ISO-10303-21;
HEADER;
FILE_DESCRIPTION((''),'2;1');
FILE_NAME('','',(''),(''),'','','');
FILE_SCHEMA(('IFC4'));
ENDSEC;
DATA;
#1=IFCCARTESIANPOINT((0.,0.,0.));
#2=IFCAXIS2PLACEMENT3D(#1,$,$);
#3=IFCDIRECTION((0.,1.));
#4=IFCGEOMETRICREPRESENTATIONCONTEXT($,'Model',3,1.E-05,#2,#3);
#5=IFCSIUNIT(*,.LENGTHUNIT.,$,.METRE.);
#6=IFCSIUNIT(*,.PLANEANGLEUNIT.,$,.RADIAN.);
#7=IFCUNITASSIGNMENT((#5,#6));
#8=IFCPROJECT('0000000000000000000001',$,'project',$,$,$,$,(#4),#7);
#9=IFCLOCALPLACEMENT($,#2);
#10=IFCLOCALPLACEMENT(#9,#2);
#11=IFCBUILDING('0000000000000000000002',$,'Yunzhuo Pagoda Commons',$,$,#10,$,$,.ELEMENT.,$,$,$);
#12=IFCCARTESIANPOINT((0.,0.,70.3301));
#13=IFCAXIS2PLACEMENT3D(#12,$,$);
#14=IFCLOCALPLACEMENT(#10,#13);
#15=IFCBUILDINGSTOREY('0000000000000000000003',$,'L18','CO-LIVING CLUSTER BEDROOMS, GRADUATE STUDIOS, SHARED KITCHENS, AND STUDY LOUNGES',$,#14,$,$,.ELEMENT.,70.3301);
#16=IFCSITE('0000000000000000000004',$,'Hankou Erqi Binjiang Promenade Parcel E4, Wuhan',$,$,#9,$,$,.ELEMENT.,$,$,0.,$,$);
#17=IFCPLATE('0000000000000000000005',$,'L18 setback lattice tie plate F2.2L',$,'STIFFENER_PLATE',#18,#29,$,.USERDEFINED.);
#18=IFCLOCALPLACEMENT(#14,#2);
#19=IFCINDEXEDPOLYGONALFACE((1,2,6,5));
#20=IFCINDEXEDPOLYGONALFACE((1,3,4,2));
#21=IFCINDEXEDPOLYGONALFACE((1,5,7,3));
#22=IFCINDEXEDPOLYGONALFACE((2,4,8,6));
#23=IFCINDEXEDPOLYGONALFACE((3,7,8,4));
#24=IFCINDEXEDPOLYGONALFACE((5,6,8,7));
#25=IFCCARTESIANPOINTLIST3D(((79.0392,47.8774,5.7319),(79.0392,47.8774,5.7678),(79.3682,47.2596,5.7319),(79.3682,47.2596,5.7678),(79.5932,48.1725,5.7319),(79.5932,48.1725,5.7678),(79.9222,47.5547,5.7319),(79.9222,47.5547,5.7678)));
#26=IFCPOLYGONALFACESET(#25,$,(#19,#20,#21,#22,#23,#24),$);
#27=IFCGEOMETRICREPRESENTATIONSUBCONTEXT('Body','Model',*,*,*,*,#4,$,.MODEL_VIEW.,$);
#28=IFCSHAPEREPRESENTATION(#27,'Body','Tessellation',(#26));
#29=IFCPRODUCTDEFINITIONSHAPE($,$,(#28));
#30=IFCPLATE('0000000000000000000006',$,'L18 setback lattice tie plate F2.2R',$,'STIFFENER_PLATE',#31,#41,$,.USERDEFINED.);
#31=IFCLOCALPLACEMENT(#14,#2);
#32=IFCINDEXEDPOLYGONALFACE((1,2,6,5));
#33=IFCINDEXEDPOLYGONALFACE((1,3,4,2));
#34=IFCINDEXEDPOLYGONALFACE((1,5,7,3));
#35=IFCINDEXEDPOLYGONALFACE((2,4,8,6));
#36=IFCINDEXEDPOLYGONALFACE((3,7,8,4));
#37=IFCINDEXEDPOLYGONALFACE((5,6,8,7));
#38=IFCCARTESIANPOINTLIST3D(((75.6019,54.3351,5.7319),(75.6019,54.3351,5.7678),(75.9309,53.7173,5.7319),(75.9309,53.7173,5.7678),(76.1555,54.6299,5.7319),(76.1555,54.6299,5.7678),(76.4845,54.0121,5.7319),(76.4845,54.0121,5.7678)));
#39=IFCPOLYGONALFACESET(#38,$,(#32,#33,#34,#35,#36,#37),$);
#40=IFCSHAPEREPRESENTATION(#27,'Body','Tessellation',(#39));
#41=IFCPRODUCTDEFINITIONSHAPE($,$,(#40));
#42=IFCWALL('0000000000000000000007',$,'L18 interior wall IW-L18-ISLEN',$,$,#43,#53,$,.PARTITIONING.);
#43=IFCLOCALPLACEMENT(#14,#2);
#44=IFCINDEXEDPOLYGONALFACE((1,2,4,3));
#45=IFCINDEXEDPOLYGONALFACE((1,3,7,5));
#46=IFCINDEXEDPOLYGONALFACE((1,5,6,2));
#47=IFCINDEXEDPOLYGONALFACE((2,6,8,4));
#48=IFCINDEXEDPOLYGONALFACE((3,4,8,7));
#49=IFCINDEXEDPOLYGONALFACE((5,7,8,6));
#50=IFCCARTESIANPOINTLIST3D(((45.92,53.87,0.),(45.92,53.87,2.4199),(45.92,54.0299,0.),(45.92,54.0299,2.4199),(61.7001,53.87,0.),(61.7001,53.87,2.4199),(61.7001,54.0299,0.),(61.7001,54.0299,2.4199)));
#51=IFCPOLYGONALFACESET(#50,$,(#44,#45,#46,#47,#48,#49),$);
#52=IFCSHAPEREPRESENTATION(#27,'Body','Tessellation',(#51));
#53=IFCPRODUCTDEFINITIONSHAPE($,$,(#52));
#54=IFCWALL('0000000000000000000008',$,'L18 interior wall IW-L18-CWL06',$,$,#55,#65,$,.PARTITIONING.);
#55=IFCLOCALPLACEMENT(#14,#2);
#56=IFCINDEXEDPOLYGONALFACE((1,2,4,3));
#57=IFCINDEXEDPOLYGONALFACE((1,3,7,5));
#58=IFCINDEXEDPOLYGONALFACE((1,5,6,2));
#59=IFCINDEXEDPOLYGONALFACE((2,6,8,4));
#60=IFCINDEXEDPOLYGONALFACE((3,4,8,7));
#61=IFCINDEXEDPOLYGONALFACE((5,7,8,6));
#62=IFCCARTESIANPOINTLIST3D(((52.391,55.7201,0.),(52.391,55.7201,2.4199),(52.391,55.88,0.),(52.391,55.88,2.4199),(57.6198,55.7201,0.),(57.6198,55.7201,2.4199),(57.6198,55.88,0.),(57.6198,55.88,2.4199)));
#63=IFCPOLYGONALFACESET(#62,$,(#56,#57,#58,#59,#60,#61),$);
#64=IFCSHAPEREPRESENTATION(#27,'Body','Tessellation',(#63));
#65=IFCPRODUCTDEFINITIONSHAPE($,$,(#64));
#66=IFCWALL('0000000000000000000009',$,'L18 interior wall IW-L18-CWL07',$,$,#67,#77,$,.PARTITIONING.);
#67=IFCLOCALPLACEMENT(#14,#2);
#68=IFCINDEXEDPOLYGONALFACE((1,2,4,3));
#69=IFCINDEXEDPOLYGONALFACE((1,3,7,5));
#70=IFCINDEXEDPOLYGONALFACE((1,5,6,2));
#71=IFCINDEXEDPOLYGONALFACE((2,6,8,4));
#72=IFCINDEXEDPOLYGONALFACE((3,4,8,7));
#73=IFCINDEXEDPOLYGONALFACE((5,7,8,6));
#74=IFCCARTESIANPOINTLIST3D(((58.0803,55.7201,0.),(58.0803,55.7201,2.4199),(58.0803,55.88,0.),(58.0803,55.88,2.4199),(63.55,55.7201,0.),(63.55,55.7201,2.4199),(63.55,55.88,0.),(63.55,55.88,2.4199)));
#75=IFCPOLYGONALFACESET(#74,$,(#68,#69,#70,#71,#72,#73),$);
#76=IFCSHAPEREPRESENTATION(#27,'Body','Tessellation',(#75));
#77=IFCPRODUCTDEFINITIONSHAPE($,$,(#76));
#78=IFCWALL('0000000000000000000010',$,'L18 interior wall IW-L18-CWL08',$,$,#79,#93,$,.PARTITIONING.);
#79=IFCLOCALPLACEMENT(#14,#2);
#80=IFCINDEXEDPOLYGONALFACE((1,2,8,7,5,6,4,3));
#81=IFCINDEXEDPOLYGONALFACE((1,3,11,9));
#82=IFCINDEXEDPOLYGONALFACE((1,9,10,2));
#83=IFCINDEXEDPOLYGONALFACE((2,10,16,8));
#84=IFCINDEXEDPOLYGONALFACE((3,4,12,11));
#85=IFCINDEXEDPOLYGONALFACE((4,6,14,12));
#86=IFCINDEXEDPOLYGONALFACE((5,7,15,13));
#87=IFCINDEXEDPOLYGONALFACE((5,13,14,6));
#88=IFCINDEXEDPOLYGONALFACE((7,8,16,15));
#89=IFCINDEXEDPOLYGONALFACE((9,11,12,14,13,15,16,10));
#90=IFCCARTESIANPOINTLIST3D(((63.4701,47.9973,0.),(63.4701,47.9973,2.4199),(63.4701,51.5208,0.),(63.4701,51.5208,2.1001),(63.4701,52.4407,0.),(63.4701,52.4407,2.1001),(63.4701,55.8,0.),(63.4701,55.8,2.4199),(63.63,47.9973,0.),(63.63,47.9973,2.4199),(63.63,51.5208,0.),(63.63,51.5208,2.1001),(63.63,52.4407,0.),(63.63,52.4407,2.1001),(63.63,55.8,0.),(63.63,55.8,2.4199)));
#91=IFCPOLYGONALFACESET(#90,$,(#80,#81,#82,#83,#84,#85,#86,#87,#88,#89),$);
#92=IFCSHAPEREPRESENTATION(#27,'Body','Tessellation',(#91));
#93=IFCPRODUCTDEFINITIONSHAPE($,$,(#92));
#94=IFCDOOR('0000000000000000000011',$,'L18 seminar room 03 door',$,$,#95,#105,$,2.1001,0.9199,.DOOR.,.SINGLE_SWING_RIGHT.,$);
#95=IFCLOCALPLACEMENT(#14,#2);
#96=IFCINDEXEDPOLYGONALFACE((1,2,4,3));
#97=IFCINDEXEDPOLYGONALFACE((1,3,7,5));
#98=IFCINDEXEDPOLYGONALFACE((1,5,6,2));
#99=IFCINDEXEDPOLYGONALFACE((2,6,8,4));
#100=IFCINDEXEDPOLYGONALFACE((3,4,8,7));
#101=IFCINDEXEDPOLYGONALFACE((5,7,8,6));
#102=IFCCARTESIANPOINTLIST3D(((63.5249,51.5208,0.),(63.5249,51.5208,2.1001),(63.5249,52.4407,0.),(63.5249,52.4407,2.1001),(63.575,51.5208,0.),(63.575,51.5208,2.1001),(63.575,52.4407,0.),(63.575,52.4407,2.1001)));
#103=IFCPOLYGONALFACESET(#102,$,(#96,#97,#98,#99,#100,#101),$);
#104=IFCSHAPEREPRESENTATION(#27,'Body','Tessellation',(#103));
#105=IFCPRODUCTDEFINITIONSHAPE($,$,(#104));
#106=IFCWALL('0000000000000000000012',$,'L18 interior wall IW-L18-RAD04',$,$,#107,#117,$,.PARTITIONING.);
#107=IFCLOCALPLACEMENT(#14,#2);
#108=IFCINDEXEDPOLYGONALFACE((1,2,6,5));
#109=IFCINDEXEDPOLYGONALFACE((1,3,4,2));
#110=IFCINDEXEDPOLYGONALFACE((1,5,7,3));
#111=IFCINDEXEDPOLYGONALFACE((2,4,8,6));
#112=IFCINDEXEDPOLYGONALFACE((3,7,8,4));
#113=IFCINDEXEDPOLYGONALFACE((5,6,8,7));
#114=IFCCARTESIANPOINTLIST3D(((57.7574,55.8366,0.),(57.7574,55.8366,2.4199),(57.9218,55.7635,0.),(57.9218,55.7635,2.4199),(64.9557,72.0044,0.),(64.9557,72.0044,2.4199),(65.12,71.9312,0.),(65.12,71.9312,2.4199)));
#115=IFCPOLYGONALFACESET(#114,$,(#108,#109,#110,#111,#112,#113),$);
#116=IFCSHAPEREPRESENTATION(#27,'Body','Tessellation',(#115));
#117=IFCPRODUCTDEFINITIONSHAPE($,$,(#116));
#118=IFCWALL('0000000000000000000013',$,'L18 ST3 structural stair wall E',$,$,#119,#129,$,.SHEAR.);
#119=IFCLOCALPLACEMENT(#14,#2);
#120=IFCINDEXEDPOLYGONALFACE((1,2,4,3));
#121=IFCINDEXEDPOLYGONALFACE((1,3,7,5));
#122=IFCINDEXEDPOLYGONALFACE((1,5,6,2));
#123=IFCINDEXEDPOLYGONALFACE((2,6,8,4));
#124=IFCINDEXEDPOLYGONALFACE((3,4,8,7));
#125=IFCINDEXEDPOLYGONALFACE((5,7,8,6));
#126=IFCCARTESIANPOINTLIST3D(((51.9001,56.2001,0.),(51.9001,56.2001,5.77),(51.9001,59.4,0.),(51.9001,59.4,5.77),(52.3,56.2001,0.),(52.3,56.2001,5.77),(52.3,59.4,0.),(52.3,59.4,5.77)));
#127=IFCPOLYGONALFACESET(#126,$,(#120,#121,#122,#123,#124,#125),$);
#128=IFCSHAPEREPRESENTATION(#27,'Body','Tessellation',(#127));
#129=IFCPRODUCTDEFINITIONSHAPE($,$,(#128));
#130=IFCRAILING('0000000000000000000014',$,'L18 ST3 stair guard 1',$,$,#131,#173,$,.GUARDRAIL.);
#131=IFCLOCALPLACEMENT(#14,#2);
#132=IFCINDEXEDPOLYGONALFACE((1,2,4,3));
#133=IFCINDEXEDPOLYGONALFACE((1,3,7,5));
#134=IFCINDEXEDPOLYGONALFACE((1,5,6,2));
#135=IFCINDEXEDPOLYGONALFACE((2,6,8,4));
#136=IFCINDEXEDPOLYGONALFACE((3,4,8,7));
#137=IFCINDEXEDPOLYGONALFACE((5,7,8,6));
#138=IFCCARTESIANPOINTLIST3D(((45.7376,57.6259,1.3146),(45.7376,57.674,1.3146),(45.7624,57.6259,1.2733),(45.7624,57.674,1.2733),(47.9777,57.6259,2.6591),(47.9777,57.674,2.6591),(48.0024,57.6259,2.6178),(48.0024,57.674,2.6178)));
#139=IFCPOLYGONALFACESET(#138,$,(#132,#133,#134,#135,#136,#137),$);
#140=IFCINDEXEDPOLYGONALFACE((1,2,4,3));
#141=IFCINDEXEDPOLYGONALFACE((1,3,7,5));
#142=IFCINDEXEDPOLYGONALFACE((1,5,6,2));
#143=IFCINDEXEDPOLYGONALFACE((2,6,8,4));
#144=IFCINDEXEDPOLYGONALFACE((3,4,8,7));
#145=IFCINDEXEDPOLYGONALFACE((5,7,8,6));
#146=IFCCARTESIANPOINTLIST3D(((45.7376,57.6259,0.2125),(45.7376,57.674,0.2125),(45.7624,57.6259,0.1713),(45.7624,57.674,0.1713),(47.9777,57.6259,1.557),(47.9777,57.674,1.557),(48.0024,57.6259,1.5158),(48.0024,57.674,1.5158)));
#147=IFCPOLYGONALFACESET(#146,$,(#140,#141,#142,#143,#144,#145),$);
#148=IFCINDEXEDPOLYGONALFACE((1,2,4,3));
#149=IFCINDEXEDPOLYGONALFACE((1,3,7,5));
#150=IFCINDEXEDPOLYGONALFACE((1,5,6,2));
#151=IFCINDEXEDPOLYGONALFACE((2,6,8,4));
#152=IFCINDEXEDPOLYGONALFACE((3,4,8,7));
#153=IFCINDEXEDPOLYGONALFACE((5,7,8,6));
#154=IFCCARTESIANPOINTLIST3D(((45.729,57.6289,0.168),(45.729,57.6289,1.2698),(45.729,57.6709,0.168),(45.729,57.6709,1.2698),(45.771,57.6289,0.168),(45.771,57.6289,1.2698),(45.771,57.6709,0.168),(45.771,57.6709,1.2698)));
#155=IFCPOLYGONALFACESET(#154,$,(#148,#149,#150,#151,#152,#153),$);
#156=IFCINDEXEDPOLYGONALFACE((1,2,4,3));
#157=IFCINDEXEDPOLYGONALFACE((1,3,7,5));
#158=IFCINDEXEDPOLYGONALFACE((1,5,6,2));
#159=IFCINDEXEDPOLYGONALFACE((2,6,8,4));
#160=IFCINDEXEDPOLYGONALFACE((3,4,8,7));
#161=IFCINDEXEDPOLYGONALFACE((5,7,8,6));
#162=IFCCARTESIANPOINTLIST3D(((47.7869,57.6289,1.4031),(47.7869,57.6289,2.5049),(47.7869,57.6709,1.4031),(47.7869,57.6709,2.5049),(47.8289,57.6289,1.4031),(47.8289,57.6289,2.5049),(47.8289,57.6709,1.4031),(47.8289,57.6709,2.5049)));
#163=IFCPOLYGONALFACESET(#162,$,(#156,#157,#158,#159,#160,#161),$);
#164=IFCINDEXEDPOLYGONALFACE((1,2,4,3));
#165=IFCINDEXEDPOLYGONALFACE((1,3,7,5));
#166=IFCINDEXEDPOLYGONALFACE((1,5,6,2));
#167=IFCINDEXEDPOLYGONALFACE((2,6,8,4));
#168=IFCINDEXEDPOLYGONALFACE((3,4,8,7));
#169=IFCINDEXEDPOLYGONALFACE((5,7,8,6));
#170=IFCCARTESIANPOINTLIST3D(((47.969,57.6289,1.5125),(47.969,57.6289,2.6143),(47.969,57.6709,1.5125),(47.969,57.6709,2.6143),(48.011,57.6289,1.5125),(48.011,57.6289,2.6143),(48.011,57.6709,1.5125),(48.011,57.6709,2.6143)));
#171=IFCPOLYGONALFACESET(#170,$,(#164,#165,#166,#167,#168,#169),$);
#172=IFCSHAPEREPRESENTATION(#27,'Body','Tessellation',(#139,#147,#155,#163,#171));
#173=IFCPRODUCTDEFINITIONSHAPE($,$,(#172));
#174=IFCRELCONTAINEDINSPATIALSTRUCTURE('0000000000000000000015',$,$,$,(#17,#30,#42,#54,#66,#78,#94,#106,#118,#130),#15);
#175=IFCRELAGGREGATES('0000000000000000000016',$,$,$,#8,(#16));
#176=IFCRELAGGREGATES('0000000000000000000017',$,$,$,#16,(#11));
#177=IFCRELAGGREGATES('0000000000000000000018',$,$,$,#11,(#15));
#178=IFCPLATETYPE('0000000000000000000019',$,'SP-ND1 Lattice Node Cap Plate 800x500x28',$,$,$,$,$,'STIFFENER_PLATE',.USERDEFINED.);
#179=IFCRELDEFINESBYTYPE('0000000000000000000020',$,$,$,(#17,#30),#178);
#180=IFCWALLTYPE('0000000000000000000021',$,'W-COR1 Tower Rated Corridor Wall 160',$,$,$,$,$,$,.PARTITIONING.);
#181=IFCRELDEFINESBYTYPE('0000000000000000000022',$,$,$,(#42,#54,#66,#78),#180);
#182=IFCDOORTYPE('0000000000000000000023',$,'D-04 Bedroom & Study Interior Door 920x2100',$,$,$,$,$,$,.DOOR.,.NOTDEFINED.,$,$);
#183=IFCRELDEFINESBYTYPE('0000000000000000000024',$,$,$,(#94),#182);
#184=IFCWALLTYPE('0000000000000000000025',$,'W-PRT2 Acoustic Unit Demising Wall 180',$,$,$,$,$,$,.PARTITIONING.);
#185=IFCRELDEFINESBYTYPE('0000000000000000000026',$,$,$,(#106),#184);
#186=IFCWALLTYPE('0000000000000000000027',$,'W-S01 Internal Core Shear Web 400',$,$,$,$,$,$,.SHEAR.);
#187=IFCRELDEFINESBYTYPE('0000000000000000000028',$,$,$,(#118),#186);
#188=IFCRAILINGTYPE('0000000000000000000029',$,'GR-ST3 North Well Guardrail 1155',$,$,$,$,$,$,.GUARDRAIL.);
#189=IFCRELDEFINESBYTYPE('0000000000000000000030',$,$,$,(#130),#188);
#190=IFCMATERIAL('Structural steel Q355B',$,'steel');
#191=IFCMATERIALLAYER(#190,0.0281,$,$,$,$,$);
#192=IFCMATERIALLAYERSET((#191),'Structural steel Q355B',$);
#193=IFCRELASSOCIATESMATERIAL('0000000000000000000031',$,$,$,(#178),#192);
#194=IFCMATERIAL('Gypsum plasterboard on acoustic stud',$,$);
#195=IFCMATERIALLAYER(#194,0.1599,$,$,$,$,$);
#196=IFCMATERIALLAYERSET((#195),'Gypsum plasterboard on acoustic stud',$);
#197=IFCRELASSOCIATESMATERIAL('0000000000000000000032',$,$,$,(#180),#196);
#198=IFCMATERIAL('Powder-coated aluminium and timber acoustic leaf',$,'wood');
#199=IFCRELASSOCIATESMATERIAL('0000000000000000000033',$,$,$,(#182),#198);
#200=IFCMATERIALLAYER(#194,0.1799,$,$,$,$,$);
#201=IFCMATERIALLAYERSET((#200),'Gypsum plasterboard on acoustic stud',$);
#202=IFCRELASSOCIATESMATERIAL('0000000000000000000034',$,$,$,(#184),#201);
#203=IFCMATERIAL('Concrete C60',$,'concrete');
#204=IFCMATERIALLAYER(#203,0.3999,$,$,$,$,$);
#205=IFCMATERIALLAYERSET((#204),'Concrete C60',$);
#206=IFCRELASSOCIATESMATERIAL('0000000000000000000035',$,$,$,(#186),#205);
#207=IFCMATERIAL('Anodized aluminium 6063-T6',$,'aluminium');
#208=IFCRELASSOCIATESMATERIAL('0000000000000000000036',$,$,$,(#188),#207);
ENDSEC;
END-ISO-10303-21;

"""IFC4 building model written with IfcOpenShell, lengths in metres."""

from ifc_helpers import new_model, si_unit, direction, frame, frame_2d, origin, origin_with_axes, origin_2d, place, context, subcontext, project, spatial, rectangle, extrude, source, transform, mapped, material, layer, layer_set, type_object, element, fill, save


model = new_model("IFC4")

# Units and contexts
model_context = context("Model", 3, precision=1e-05, world=origin(), true_north=direction((0.0, 1.0)))
body_context = subcontext(model_context, "Body", "Model", "MODEL_VIEW")
ifc_project = project(units=[si_unit("LENGTHUNIT", "METRE"), si_unit("PLANEANGLEUNIT", "RADIAN")], contexts=[model_context])

# Site, building, storey
site_placement = place(None, origin())
site = spatial("IfcSite", under=ifc_project, at=site_placement, Name="Hankou Erqi Binjiang Promenade Parcel E4, Wuhan", CompositionType="ELEMENT", RefElevation=0.0)
building_placement = place(site_placement, origin())
building = spatial("IfcBuilding", under=site, at=building_placement, Name="Yunzhuo Pagoda Commons", CompositionType="ELEMENT")
storey_placement = place(building_placement, frame((0.0, 0.0, 70.3301)))
storey = spatial("IfcBuildingStorey", under=building, at=storey_placement, Name="L18", Description="CO-LIVING CLUSTER BEDROOMS, GRADUATE STUDIOS, SHARED KITCHENS, AND STUDY LOUNGES", CompositionType="ELEMENT", Elevation=70.3301)

# Shared definitions
ifc_material_1 = material(Name="Structural steel Q355B", Category="steel")

# Shared definitions
ifc_material_2 = material(Name="Anodized aluminium 6063-T6", Category="aluminium")

# Plates
ifc_layer_1 = layer(ifc_material_1, 0.0281)
ifc_layer_set_1 = layer_set([ifc_layer_1], Name="Structural steel Q355B")
plate_type_1 = type_object("IfcPlateType", Name="SP-ND1 Lattice Node Cap Plate 800x500x28", ElementType="STIFFENER_PLATE", PredefinedType="USERDEFINED", material=ifc_layer_set_1)
shared_shape_1 = source(origin(), body_context, "Body", "SweptSolid", [
    extrude(rectangle(XDim=0.7, YDim=0.6277, at=origin_2d()), origin(), (0.0, 0.0, 1.0), 0.0359),
])
plate_1_placement = place(storey_placement, frame((79.4807, 47.7161, 5.7319), z_axis=(0.0, 0.0, 1.0), x_axis=(-0.470057, 0.882636, 0.0)))
element("IfcPlate", 1, at=plate_1_placement, inside=storey, type_object=plate_type_1, Name="L18 setback lattice tie plate F2.2L", ObjectType="STIFFENER_PLATE", PredefinedType="USERDEFINED", context=body_context, shape_type="MappedRepresentation", body=[
    mapped(shared_shape_1, transform((0.0, 0.0, 0.0), scale=1.0)),
])
shared_shape_2 = source(origin(), body_context, "Body", "SweptSolid", [
    extrude(rectangle(XDim=0.7, YDim=0.6272, at=origin_2d()), origin(), (0.0, 0.0, 1.0), 0.0359),
])
plate_2_placement = place(storey_placement, frame((76.0432, 54.1736, 5.7319), z_axis=(0.0, 0.0, 1.0), x_axis=(-0.470057, 0.882636, 0.0)))
element("IfcPlate", 2, at=plate_2_placement, inside=storey, type_object=plate_type_1, Name="L18 setback lattice tie plate F2.2R", ObjectType="STIFFENER_PLATE", PredefinedType="USERDEFINED", context=body_context, shape_type="MappedRepresentation", body=[
    mapped(shared_shape_2, transform((0.0, 0.0, 0.0), scale=1.0)),
])

# Walls
ifc_material_3 = material(Name="Gypsum plasterboard on acoustic stud")
ifc_layer_2 = layer(ifc_material_3, 0.1599)
ifc_layer_set_2 = layer_set([ifc_layer_2], Name="Gypsum plasterboard on acoustic stud")
wall_type_1 = type_object("IfcWallType", Name="W-COR1 Tower Rated Corridor Wall 160", PredefinedType="PARTITIONING", material=ifc_layer_set_2)
wall_1_placement = place(storey_placement, frame((45.9199, 53.95, 0.0), z_axis=(0.0, 0.0, 1.0), x_axis=(1.0, 0.0, 0.0)))
element("IfcWall", 3, at=wall_1_placement, inside=storey, type_object=wall_type_1, Name="L18 interior wall IW-L18-ISLEN", PredefinedType="PARTITIONING", context=body_context, shape_type="SweptSolid", body=[
    extrude(rectangle(XDim=15.78, YDim=0.1599, at=frame_2d((7.8901, 0.0))), origin(), (0.0, 0.0, 1.0), 2.4199),
])
wall_2_placement = place(storey_placement, frame((52.3911, 55.8, 0.0), z_axis=(0.0, 0.0, 1.0), x_axis=(1.0, 0.0, 0.0)))
element("IfcWall", 4, at=wall_2_placement, inside=storey, type_object=wall_type_1, Name="L18 interior wall IW-L18-CWL06", PredefinedType="PARTITIONING", context=body_context, shape_type="SweptSolid", body=[
    extrude(rectangle(XDim=5.2288, YDim=0.1599, at=frame_2d((2.6143, 0.0))), origin(), (0.0, 0.0, 1.0), 2.4199),
])
wall_3_placement = place(storey_placement, frame((58.0803, 55.8, 0.0), z_axis=(0.0, 0.0, 1.0), x_axis=(1.0, 0.0, 0.0)))
element("IfcWall", 5, at=wall_3_placement, inside=storey, type_object=wall_type_1, Name="L18 interior wall IW-L18-CWL07", PredefinedType="PARTITIONING", context=body_context, shape_type="SweptSolid", body=[
    extrude(rectangle(XDim=5.4697, YDim=0.1599, at=frame_2d((2.7349, 0.0))), origin(), (0.0, 0.0, 1.0), 2.4199),
])

# Wall, opening, door
wall_4_placement = place(storey_placement, frame((63.55, 55.8, 0.0), z_axis=(0.0, 0.0, 1.0), x_axis=(0.0, -1.0, 0.0)))
wall_4 = element("IfcWall", 6, at=wall_4_placement, inside=storey, type_object=wall_type_1, Name="L18 interior wall IW-L18-CWL08", PredefinedType="PARTITIONING", context=body_context, shape_type="SweptSolid", body=[
    extrude(rectangle(XDim=7.8027, YDim=0.1599, at=frame_2d((3.9014, 0.0))), origin(), (0.0, 0.0, 1.0), 2.4199),
])
opening_placement = place(wall_4_placement, frame((3.3594, 0.0, 0.0)))
opening = element("IfcOpeningElement", 7, at=opening_placement, cuts=wall_4, PredefinedType="OPENING", context=body_context, shape_type="SweptSolid", body=[
    extrude(rectangle(XDim=0.9199, YDim=2.1001, at=frame_2d((0.46, 1.05))), frame((0.0, 0.0898, 0.0), z_axis=(0.0, -1.0, 0.0), x_axis=(1.0, 0.0, 0.0)), (0.0, 0.0, 1.0), 0.1799),
])
ifc_material_4 = material(Name="Powder-coated aluminium and timber acoustic leaf", Category="wood")
door_type = type_object("IfcDoorType", Name="D-04 Bedroom & Study Interior Door 920x2100", OperationType="NOTDEFINED", PredefinedType="DOOR", material=ifc_material_4)
shared_shape_3 = source(origin(), body_context, "Body", "SweptSolid", [
    extrude(rectangle(XDim=0.9199, YDim=2.1001, at=frame_2d((0.46, 1.05))), frame((0.0, 0.0249, 0.0), z_axis=(0.0, -1.0, 0.0), x_axis=(1.0, 0.0, 0.0)), (0.0, 0.0, 1.0), 0.05),
])
door_placement = place(opening_placement, origin_with_axes())
door = element("IfcDoor", 8, at=door_placement, inside=storey, type_object=door_type, Name="L18 seminar room 03 door", OperationType="SINGLE_SWING_RIGHT", OverallHeight=2.1001, OverallWidth=0.9199, PredefinedType="DOOR", context=body_context, shape_type="MappedRepresentation", body=[
    mapped(shared_shape_3, transform((0.0, 0.0, 0.0), scale=1.0)),
])
fill(opening, door)

# Walls
ifc_layer_3 = layer(ifc_material_3, 0.1799)
ifc_layer_set_3 = layer_set([ifc_layer_3], Name="Gypsum plasterboard on acoustic stud")
wall_type_2 = type_object("IfcWallType", Name="W-PRT2 Acoustic Unit Demising Wall 180", PredefinedType="PARTITIONING", material=ifc_layer_set_3)
wall_5_placement = place(storey_placement, frame((57.8396, 55.8, 0.0), z_axis=(0.0, 0.0, 1.0), x_axis=(0.406732, 0.913547, 0.0)))
element("IfcWall", 9, at=wall_5_placement, inside=storey, type_object=wall_type_2, Name="L18 interior wall IW-L18-RAD04", PredefinedType="PARTITIONING", context=body_context, shape_type="SweptSolid", body=[
    extrude(rectangle(XDim=17.6978, YDim=0.1799, at=frame_2d((8.8489, 0.0))), origin(), (0.0, 0.0, 1.0), 2.4199),
])
ifc_material_5 = material(Name="Concrete C60", Category="concrete")
ifc_layer_4 = layer(ifc_material_5, 0.3999)
ifc_layer_set_4 = layer_set([ifc_layer_4], Name="Concrete C60")
wall_type_3 = type_object("IfcWallType", Name="W-S01 Internal Core Shear Web 400", PredefinedType="SHEAR", material=ifc_layer_set_4)
wall_6_placement = place(storey_placement, frame((52.1001, 56.2, 0.0), z_axis=(0.0, 0.0, 1.0), x_axis=(0.0, 1.0, 0.0)))
element("IfcWall", 10, at=wall_6_placement, inside=storey, type_object=wall_type_3, Name="L18 ST3 structural stair wall E", PredefinedType="SHEAR", context=body_context, shape_type="SweptSolid", body=[
    extrude(rectangle(XDim=3.2, YDim=0.3999, at=frame_2d((1.6001, 0.0))), origin(), (0.0, 0.0, 1.0), 5.77),
])

# Railing
railing_type_1 = type_object("IfcRailingType", Name="GR-ST3 North Well Guardrail 1155", PredefinedType="GUARDRAIL", material=ifc_material_2)
railing_placement = place(storey_placement, frame((45.75, 57.6499, 0.168)))
element("IfcRailing", 11, at=railing_placement, inside=storey, type_object=railing_type_1, Name="L18 ST3 stair guard 1", PredefinedType="GUARDRAIL", context=body_context, shape_type="SweptSolid", body=[
    extrude(rectangle(XDim=0.0481, YDim=0.0481, at=origin_2d()), frame((0.0, 0.0, 1.126), z_axis=(0.85741, 0.0, 0.514633), x_axis=(0.0, 1.0, 0.0)), (0.0, 0.0, 1.0), 2.6125),
    extrude(rectangle(XDim=0.0481, YDim=0.0481, at=origin_2d()), frame((0.0, 0.0, 0.0239), z_axis=(0.85741, 0.0, 0.514633), x_axis=(0.0, 1.0, 0.0)), (0.0, 0.0, 1.0), 2.6125),
    extrude(rectangle(XDim=0.042, YDim=0.042, at=origin_2d()), origin(), (0.0, 0.0, 1.0), 1.1018),
    extrude(rectangle(XDim=0.042, YDim=0.042, at=origin_2d()), frame((2.0579, 0.0, 1.2351)), (0.0, 0.0, 1.0), 1.1018),
    extrude(rectangle(XDim=0.042, YDim=0.042, at=origin_2d()), frame((2.24, 0.0, 1.3445)), (0.0, 0.0, 1.0), 1.1018),
])

save(model, "model.ifc")
